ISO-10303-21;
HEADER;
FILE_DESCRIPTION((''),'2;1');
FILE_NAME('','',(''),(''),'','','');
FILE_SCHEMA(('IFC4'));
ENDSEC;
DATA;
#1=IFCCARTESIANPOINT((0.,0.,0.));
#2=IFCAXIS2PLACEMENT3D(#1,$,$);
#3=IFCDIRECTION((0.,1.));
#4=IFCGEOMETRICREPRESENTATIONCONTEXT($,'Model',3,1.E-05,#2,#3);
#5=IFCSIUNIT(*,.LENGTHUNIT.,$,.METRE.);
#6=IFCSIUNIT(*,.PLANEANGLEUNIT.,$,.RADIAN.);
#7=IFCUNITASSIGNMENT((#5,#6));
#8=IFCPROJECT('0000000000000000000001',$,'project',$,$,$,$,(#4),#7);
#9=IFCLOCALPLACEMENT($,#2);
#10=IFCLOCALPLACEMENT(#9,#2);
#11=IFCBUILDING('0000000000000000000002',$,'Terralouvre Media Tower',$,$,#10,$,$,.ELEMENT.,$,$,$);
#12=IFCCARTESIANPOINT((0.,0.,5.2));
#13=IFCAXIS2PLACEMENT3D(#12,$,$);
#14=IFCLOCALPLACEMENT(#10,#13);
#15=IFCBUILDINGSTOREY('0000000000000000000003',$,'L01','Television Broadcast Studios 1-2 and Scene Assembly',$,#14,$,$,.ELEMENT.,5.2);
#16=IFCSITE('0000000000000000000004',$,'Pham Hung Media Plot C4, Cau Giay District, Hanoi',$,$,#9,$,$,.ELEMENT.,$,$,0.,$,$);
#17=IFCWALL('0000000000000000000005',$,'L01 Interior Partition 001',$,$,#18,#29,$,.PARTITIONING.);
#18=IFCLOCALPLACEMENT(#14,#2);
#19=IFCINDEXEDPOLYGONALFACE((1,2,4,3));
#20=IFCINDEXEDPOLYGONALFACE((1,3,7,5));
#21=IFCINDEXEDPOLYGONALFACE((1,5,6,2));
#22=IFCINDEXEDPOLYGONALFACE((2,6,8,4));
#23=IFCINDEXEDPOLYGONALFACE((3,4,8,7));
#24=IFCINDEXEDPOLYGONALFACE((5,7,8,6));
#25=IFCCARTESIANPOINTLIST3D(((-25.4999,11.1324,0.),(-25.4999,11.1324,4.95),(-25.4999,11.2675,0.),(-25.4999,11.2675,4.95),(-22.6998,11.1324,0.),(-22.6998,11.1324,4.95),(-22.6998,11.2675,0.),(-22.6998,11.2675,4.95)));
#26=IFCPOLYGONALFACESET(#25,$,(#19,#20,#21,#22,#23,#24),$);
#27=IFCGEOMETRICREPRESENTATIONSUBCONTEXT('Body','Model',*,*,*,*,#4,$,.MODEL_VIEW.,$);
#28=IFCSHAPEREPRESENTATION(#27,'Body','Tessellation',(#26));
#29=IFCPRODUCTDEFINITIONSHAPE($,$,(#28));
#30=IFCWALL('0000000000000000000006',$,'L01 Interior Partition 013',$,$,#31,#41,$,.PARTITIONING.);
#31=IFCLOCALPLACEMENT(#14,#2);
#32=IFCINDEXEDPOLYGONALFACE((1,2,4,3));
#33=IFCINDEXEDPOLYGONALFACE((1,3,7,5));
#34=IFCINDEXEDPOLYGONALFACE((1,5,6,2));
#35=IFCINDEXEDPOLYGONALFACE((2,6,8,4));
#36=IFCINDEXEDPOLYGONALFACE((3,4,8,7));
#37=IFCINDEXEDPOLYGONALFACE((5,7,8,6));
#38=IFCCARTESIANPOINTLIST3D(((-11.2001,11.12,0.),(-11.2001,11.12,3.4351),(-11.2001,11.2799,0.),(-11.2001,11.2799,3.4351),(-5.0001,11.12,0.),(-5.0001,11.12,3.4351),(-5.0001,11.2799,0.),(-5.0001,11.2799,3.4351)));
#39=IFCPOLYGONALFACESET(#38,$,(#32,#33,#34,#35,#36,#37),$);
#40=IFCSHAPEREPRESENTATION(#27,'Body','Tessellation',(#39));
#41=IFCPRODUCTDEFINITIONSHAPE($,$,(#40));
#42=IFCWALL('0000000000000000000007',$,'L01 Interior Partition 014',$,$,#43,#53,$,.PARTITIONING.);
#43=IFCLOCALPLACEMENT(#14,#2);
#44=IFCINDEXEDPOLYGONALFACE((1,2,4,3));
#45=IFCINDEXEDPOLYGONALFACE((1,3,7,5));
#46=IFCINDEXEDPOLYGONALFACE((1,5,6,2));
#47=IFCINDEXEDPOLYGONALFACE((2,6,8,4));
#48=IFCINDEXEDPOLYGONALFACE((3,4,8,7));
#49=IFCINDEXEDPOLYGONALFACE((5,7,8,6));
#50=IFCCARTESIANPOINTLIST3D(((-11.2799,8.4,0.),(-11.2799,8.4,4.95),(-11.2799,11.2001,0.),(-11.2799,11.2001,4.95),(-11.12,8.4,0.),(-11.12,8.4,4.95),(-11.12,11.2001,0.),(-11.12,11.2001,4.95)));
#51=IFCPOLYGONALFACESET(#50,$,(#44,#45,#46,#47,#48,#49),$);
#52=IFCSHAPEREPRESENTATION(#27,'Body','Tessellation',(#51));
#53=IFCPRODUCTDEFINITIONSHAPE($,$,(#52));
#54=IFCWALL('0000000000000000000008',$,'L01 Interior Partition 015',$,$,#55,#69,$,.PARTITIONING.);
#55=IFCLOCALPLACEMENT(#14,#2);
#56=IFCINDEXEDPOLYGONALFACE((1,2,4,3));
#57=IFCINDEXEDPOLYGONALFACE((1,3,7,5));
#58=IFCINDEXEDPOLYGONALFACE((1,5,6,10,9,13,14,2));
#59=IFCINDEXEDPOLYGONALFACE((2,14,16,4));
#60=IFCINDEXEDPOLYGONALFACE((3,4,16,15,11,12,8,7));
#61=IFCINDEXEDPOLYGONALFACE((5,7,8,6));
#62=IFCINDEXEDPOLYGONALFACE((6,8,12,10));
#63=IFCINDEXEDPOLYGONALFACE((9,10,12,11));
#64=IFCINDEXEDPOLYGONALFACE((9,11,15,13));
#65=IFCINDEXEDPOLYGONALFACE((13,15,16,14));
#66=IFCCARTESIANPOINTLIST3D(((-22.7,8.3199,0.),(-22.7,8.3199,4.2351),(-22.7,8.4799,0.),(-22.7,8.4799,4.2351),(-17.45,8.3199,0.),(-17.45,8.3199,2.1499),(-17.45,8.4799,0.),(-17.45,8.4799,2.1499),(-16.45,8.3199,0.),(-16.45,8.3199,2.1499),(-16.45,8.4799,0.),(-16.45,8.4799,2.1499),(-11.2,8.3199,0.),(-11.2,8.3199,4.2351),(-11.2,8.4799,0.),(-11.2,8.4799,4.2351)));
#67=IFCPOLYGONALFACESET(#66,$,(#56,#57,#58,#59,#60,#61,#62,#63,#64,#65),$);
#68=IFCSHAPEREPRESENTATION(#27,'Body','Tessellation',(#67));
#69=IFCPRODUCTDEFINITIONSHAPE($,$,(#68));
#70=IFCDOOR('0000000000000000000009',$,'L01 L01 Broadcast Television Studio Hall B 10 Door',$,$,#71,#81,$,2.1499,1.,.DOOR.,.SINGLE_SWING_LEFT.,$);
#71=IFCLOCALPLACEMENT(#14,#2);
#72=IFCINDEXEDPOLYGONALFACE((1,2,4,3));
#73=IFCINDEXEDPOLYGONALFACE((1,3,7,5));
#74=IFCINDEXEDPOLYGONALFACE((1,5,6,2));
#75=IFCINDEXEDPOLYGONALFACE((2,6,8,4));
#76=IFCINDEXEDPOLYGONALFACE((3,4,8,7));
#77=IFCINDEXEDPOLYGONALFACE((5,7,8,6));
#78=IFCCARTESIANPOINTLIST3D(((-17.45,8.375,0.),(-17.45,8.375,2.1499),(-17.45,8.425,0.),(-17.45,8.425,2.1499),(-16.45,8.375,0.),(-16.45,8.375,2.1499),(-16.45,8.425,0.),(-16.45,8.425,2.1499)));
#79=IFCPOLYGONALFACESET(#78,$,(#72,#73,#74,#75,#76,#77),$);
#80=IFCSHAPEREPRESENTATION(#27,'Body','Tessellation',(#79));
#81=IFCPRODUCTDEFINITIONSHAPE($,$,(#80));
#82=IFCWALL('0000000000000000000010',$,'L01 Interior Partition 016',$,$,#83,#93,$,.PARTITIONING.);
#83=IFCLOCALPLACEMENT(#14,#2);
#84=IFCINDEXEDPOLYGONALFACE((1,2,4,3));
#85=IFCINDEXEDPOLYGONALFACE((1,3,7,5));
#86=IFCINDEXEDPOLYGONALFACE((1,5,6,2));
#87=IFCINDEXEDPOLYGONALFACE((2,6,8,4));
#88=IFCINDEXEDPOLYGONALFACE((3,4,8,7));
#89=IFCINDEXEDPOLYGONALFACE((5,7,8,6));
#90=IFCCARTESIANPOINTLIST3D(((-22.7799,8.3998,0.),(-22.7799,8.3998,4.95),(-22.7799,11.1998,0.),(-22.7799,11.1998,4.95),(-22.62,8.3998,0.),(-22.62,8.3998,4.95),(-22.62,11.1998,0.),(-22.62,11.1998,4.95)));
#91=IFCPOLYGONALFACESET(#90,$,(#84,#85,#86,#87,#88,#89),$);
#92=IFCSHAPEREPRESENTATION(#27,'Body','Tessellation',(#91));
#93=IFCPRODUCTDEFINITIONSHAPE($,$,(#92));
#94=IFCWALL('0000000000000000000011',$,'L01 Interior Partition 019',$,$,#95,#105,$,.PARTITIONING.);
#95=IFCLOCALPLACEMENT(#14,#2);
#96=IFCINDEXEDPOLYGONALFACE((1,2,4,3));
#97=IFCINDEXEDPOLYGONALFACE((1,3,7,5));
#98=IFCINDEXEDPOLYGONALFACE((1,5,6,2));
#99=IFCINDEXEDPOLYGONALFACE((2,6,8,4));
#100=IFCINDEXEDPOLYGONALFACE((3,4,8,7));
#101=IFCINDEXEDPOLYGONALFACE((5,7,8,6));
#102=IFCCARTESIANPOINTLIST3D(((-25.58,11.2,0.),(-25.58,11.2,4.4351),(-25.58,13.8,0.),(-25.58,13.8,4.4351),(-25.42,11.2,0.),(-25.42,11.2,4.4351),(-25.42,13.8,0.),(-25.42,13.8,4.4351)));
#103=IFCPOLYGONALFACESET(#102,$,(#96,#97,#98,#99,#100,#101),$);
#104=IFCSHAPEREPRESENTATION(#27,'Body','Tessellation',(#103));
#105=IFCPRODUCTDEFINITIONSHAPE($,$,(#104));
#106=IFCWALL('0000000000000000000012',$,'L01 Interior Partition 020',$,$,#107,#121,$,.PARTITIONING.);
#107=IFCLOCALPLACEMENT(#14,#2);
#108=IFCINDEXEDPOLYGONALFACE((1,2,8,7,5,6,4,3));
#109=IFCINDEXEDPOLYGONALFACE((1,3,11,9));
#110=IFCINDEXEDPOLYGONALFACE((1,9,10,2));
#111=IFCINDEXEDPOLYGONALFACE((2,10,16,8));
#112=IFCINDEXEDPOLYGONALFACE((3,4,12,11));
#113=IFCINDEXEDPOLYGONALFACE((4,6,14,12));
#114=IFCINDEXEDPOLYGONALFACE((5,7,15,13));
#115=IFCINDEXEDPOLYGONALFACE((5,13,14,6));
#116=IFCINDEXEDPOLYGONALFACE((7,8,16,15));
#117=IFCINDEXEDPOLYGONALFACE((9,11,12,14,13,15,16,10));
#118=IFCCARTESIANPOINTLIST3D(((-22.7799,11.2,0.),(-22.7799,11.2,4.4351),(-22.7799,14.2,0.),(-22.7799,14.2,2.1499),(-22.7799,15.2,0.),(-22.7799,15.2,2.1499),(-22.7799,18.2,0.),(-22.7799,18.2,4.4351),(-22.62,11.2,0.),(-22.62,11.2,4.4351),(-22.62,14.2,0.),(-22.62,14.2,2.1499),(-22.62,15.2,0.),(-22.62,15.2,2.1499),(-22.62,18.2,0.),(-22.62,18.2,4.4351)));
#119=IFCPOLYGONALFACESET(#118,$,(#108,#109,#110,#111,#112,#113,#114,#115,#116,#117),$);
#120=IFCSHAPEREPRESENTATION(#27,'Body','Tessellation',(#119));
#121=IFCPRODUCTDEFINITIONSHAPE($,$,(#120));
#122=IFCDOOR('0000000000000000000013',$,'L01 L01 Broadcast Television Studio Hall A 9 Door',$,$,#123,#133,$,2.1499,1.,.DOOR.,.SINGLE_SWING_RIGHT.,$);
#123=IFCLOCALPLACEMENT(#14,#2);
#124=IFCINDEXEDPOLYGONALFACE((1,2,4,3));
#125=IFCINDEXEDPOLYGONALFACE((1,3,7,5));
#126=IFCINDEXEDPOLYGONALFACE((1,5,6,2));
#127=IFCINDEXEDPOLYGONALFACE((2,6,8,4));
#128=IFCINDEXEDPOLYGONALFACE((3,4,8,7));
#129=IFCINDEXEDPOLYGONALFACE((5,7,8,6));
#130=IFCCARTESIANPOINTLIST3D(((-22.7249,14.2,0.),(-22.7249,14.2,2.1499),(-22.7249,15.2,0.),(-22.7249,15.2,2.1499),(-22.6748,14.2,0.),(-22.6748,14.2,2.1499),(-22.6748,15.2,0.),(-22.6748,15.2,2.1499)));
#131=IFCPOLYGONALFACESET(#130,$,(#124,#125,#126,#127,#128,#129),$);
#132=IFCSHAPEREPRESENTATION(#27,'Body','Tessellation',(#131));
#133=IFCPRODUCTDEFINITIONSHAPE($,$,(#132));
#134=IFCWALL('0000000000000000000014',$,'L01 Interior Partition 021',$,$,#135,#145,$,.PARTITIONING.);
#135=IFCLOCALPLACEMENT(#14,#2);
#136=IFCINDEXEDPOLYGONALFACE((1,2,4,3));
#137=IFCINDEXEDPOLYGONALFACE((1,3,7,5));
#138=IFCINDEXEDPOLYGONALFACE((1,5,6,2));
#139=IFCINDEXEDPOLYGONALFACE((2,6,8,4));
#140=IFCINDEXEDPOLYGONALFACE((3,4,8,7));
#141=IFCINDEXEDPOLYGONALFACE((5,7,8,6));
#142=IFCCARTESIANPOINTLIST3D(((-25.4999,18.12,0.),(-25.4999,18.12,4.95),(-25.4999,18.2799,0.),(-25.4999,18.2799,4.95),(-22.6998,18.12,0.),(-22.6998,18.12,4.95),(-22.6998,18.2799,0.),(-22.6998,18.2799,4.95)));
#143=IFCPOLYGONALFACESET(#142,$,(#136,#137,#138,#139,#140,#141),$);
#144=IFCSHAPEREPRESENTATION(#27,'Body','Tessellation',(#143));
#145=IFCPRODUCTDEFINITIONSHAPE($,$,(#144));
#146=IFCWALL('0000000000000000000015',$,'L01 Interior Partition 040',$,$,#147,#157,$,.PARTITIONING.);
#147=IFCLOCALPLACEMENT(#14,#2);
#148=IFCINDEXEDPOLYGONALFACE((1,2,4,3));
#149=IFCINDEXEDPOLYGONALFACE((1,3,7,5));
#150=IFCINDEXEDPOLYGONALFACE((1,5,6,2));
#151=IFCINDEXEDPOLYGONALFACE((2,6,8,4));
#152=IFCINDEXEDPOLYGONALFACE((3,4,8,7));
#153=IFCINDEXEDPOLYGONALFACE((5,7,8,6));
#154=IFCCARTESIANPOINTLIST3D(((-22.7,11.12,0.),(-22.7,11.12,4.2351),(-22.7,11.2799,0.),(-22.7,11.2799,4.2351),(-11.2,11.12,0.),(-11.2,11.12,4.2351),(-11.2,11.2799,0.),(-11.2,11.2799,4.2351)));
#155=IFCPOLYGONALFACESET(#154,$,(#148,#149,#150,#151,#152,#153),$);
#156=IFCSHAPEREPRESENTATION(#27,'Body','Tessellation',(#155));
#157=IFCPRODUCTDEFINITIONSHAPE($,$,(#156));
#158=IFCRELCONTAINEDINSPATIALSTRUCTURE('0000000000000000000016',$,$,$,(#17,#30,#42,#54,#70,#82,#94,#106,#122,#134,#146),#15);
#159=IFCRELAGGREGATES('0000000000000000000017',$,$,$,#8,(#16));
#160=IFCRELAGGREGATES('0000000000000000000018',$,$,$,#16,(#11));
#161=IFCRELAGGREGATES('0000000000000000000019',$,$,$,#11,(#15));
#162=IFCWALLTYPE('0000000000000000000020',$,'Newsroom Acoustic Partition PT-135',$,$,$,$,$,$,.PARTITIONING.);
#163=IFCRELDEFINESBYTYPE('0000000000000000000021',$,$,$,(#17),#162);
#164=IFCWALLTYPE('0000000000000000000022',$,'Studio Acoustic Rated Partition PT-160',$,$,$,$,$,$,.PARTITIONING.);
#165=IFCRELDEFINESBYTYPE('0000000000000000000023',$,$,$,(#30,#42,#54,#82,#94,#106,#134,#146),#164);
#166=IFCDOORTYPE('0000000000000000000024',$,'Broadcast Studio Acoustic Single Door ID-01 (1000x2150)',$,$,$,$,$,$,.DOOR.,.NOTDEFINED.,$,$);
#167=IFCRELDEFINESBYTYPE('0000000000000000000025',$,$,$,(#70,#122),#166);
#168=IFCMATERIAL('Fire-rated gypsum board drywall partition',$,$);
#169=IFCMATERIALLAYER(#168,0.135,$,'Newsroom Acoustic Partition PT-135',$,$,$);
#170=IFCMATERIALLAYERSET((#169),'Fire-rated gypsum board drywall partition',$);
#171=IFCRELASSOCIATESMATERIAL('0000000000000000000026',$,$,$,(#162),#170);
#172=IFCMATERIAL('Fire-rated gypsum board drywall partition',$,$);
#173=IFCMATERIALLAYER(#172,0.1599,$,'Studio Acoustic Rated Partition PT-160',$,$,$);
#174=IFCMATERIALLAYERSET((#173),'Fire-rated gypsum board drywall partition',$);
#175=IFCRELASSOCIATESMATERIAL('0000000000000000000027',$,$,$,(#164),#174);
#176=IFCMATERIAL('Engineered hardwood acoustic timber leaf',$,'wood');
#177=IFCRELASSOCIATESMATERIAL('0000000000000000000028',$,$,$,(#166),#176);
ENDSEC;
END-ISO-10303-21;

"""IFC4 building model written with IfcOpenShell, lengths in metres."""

from ifc_helpers import new_model, si_unit, direction, frame, frame_2d, origin, place, context, subcontext, project, spatial, rectangle, extrude, material, layer, layer_set, type_object, element, fill, save


model = new_model("IFC4")

# Units and contexts
model_context = context("Model", 3, precision=1e-05, world=origin(), true_north=direction((0.0, 1.0)))
body_context = subcontext(model_context, "Body", "Model", "MODEL_VIEW")
ifc_project = project(units=[si_unit("LENGTHUNIT", "METRE"), si_unit("PLANEANGLEUNIT", "RADIAN")], contexts=[model_context])

# Site, building, storey
site_placement = place(None, origin())
site = spatial("IfcSite", under=ifc_project, at=site_placement, Name="Pham Hung Media Plot C4, Cau Giay District, Hanoi", CompositionType="ELEMENT", RefElevation=0.0)
building_placement = place(site_placement, origin())
building = spatial("IfcBuilding", under=site, at=building_placement, Name="Terralouvre Media Tower", CompositionType="ELEMENT")
storey_placement = place(building_placement, frame((0.0, 0.0, 5.2)))
storey = spatial("IfcBuildingStorey", under=building, at=storey_placement, Name="L01", Description="Television Broadcast Studios 1-2 and Scene Assembly", CompositionType="ELEMENT", Elevation=5.2)

# Walls
ifc_material_1 = material(Name="Fire-rated gypsum board drywall partition")
ifc_layer_1 = layer(ifc_material_1, 0.135, Name="Newsroom Acoustic Partition PT-135")
ifc_layer_set_1 = layer_set([ifc_layer_1], Name="Fire-rated gypsum board drywall partition")
wall_type_1 = type_object("IfcWallType", Name="Newsroom Acoustic Partition PT-135", PredefinedType="PARTITIONING", material=ifc_layer_set_1)
wall_1_placement = place(storey_placement, frame((-22.7, 11.2, 0.0), z_axis=(0.0, 0.0, 1.0), x_axis=(-1.0, 0.0, 0.0)))
element("IfcWall", 1, at=wall_1_placement, inside=storey, type_object=wall_type_1, Name="L01 Interior Partition 001", PredefinedType="PARTITIONING", context=body_context, shape_type="SweptSolid", body=[
    extrude(rectangle(XDim=2.8, YDim=0.135, at=frame_2d((1.3999, 0.0))), origin(), (0.0, 0.0, 1.0), 4.95),
])
ifc_material_2 = material(Name="Fire-rated gypsum board drywall partition")
ifc_layer_2 = layer(ifc_material_2, 0.1599, Name="Studio Acoustic Rated Partition PT-160")
ifc_layer_set_2 = layer_set([ifc_layer_2], Name="Fire-rated gypsum board drywall partition")
wall_type_2 = type_object("IfcWallType", Name="Studio Acoustic Rated Partition PT-160", PredefinedType="PARTITIONING", material=ifc_layer_set_2)
wall_2_placement = place(storey_placement, frame((-5.0, 11.2, 0.0), z_axis=(0.0, 0.0, 1.0), x_axis=(-1.0, 0.0, 0.0)))
element("IfcWall", 2, at=wall_2_placement, inside=storey, type_object=wall_type_2, Name="L01 Interior Partition 013", PredefinedType="PARTITIONING", context=body_context, shape_type="SweptSolid", body=[
    extrude(rectangle(XDim=6.2, YDim=0.1599, at=frame_2d((3.1001, 0.0))), origin(), (0.0, 0.0, 1.0), 3.4351),
])
wall_3_placement = place(storey_placement, frame((-11.2, 11.2, 0.0), z_axis=(0.0, 0.0, 1.0), x_axis=(0.0, -1.0, 0.0)))
element("IfcWall", 3, at=wall_3_placement, inside=storey, type_object=wall_type_2, Name="L01 Interior Partition 014", PredefinedType="PARTITIONING", context=body_context, shape_type="SweptSolid", body=[
    extrude(rectangle(XDim=2.8, YDim=0.1599, at=frame_2d((1.3999, 0.0))), origin(), (0.0, 0.0, 1.0), 4.95),
])

# Wall, opening, door
wall_4_placement = place(storey_placement, frame((-11.2, 8.3999, 0.0), z_axis=(0.0, 0.0, 1.0), x_axis=(-1.0, 0.0, 0.0)))
wall_4 = element("IfcWall", 4, at=wall_4_placement, inside=storey, type_object=wall_type_2, Name="L01 Interior Partition 015", PredefinedType="PARTITIONING", context=body_context, shape_type="SweptSolid", body=[
    extrude(rectangle(XDim=11.5, YDim=0.1599, at=frame_2d((5.75, 0.0))), origin(), (0.0, 0.0, 1.0), 4.2351),
])
opening_1_placement = place(wall_4_placement, frame((5.25, 0.0, 0.0)))
opening_1 = element("IfcOpeningElement", 5, at=opening_1_placement, cuts=wall_4, PredefinedType="OPENING", context=body_context, shape_type="SweptSolid", body=[
    extrude(rectangle(XDim=1.0, YDim=2.1499, at=frame_2d((0.5, 1.075))), frame((0.0, 0.0898, 0.0), z_axis=(0.0, -1.0, 0.0), x_axis=(1.0, 0.0, 0.0)), (0.0, 0.0, 1.0), 0.1799),
])
ifc_material_3 = material(Name="Engineered hardwood acoustic timber leaf", Category="wood")
door_type_1 = type_object("IfcDoorType", Name="Broadcast Studio Acoustic Single Door ID-01 (1000x2150)", OperationType="NOTDEFINED", PredefinedType="DOOR", material=ifc_material_3)
door_1_placement = place(opening_1_placement, origin())
door_1 = element("IfcDoor", 6, at=door_1_placement, inside=storey, type_object=door_type_1, Name="L01 L01 Broadcast Television Studio Hall B 10 Door", OperationType="SINGLE_SWING_LEFT", OverallHeight=2.1499, OverallWidth=1.0, PredefinedType="DOOR", context=body_context, shape_type="SweptSolid", body=[
    extrude(rectangle(XDim=1.0, YDim=2.1499, at=frame_2d((0.5, 1.075))), frame((0.0, 0.0249, 0.0), z_axis=(0.0, -1.0, 0.0), x_axis=(1.0, 0.0, 0.0)), (0.0, 0.0, 1.0), 0.05),
])
fill(opening_1, door_1)

# Walls
wall_5_placement = place(storey_placement, frame((-22.7, 8.3999, 0.0), z_axis=(0.0, 0.0, 1.0), x_axis=(0.0, 1.0, 0.0)))
element("IfcWall", 7, at=wall_5_placement, inside=storey, type_object=wall_type_2, Name="L01 Interior Partition 016", PredefinedType="PARTITIONING", context=body_context, shape_type="SweptSolid", body=[
    extrude(rectangle(XDim=2.8, YDim=0.1599, at=frame_2d((1.3999, 0.0))), origin(), (0.0, 0.0, 1.0), 4.95),
])
wall_6_placement = place(storey_placement, frame((-25.5, 13.8, 0.0), z_axis=(0.0, 0.0, 1.0), x_axis=(0.0, -1.0, 0.0)))
element("IfcWall", 8, at=wall_6_placement, inside=storey, type_object=wall_type_2, Name="L01 Interior Partition 019", PredefinedType="PARTITIONING", context=body_context, shape_type="SweptSolid", body=[
    extrude(rectangle(XDim=2.6001, YDim=0.1599, at=frame_2d((1.3, 0.0))), origin(), (0.0, 0.0, 1.0), 4.4351),
])

# Wall, opening, door
wall_7_placement = place(storey_placement, frame((-22.7, 11.2, 0.0), z_axis=(0.0, 0.0, 1.0), x_axis=(0.0, 1.0, 0.0)))
wall_7 = element("IfcWall", 9, at=wall_7_placement, inside=storey, type_object=wall_type_2, Name="L01 Interior Partition 020", PredefinedType="PARTITIONING", context=body_context, shape_type="SweptSolid", body=[
    extrude(rectangle(XDim=7.0, YDim=0.1599, at=frame_2d((3.5, 0.0))), origin(), (0.0, 0.0, 1.0), 4.4351),
])
opening_2_placement = place(wall_7_placement, frame((3.0, 0.0, 0.0)))
opening_2 = element("IfcOpeningElement", 10, at=opening_2_placement, cuts=wall_7, PredefinedType="OPENING", context=body_context, shape_type="SweptSolid", body=[
    extrude(rectangle(XDim=1.0, YDim=2.1499, at=frame_2d((0.5, 1.075))), frame((0.0, 0.0898, 0.0), z_axis=(0.0, -1.0, 0.0), x_axis=(1.0, 0.0, 0.0)), (0.0, 0.0, 1.0), 0.1799),
])
door_2_placement = place(opening_2_placement, origin())
door_2 = element("IfcDoor", 11, at=door_2_placement, inside=storey, type_object=door_type_1, Name="L01 L01 Broadcast Television Studio Hall A 9 Door", OperationType="SINGLE_SWING_RIGHT", OverallHeight=2.1499, OverallWidth=1.0, PredefinedType="DOOR", context=body_context, shape_type="SweptSolid", body=[
    extrude(rectangle(XDim=1.0, YDim=2.1499, at=frame_2d((0.5, 1.075))), frame((0.0, 0.0249, 0.0), z_axis=(0.0, -1.0, 0.0), x_axis=(1.0, 0.0, 0.0)), (0.0, 0.0, 1.0), 0.05),
])
fill(opening_2, door_2)

# Walls
wall_8_placement = place(storey_placement, frame((-22.7, 18.2, 0.0), z_axis=(0.0, 0.0, 1.0), x_axis=(-1.0, 0.0, 0.0)))
element("IfcWall", 12, at=wall_8_placement, inside=storey, type_object=wall_type_2, Name="L01 Interior Partition 021", PredefinedType="PARTITIONING", context=body_context, shape_type="SweptSolid", body=[
    extrude(rectangle(XDim=2.8, YDim=0.1599, at=frame_2d((1.3999, 0.0))), origin(), (0.0, 0.0, 1.0), 4.95),
])
wall_9_placement = place(storey_placement, frame((-22.7, 11.2, 0.0), z_axis=(0.0, 0.0, 1.0), x_axis=(1.0, 0.0, 0.0)))
element("IfcWall", 13, at=wall_9_placement, inside=storey, type_object=wall_type_2, Name="L01 Interior Partition 040", PredefinedType="PARTITIONING", context=body_context, shape_type="SweptSolid", body=[
    extrude(rectangle(XDim=11.5, YDim=0.1599, at=frame_2d((5.75, 0.0))), origin(), (0.0, 0.0, 1.0), 4.2351),
])

save(model, "model.ifc")
